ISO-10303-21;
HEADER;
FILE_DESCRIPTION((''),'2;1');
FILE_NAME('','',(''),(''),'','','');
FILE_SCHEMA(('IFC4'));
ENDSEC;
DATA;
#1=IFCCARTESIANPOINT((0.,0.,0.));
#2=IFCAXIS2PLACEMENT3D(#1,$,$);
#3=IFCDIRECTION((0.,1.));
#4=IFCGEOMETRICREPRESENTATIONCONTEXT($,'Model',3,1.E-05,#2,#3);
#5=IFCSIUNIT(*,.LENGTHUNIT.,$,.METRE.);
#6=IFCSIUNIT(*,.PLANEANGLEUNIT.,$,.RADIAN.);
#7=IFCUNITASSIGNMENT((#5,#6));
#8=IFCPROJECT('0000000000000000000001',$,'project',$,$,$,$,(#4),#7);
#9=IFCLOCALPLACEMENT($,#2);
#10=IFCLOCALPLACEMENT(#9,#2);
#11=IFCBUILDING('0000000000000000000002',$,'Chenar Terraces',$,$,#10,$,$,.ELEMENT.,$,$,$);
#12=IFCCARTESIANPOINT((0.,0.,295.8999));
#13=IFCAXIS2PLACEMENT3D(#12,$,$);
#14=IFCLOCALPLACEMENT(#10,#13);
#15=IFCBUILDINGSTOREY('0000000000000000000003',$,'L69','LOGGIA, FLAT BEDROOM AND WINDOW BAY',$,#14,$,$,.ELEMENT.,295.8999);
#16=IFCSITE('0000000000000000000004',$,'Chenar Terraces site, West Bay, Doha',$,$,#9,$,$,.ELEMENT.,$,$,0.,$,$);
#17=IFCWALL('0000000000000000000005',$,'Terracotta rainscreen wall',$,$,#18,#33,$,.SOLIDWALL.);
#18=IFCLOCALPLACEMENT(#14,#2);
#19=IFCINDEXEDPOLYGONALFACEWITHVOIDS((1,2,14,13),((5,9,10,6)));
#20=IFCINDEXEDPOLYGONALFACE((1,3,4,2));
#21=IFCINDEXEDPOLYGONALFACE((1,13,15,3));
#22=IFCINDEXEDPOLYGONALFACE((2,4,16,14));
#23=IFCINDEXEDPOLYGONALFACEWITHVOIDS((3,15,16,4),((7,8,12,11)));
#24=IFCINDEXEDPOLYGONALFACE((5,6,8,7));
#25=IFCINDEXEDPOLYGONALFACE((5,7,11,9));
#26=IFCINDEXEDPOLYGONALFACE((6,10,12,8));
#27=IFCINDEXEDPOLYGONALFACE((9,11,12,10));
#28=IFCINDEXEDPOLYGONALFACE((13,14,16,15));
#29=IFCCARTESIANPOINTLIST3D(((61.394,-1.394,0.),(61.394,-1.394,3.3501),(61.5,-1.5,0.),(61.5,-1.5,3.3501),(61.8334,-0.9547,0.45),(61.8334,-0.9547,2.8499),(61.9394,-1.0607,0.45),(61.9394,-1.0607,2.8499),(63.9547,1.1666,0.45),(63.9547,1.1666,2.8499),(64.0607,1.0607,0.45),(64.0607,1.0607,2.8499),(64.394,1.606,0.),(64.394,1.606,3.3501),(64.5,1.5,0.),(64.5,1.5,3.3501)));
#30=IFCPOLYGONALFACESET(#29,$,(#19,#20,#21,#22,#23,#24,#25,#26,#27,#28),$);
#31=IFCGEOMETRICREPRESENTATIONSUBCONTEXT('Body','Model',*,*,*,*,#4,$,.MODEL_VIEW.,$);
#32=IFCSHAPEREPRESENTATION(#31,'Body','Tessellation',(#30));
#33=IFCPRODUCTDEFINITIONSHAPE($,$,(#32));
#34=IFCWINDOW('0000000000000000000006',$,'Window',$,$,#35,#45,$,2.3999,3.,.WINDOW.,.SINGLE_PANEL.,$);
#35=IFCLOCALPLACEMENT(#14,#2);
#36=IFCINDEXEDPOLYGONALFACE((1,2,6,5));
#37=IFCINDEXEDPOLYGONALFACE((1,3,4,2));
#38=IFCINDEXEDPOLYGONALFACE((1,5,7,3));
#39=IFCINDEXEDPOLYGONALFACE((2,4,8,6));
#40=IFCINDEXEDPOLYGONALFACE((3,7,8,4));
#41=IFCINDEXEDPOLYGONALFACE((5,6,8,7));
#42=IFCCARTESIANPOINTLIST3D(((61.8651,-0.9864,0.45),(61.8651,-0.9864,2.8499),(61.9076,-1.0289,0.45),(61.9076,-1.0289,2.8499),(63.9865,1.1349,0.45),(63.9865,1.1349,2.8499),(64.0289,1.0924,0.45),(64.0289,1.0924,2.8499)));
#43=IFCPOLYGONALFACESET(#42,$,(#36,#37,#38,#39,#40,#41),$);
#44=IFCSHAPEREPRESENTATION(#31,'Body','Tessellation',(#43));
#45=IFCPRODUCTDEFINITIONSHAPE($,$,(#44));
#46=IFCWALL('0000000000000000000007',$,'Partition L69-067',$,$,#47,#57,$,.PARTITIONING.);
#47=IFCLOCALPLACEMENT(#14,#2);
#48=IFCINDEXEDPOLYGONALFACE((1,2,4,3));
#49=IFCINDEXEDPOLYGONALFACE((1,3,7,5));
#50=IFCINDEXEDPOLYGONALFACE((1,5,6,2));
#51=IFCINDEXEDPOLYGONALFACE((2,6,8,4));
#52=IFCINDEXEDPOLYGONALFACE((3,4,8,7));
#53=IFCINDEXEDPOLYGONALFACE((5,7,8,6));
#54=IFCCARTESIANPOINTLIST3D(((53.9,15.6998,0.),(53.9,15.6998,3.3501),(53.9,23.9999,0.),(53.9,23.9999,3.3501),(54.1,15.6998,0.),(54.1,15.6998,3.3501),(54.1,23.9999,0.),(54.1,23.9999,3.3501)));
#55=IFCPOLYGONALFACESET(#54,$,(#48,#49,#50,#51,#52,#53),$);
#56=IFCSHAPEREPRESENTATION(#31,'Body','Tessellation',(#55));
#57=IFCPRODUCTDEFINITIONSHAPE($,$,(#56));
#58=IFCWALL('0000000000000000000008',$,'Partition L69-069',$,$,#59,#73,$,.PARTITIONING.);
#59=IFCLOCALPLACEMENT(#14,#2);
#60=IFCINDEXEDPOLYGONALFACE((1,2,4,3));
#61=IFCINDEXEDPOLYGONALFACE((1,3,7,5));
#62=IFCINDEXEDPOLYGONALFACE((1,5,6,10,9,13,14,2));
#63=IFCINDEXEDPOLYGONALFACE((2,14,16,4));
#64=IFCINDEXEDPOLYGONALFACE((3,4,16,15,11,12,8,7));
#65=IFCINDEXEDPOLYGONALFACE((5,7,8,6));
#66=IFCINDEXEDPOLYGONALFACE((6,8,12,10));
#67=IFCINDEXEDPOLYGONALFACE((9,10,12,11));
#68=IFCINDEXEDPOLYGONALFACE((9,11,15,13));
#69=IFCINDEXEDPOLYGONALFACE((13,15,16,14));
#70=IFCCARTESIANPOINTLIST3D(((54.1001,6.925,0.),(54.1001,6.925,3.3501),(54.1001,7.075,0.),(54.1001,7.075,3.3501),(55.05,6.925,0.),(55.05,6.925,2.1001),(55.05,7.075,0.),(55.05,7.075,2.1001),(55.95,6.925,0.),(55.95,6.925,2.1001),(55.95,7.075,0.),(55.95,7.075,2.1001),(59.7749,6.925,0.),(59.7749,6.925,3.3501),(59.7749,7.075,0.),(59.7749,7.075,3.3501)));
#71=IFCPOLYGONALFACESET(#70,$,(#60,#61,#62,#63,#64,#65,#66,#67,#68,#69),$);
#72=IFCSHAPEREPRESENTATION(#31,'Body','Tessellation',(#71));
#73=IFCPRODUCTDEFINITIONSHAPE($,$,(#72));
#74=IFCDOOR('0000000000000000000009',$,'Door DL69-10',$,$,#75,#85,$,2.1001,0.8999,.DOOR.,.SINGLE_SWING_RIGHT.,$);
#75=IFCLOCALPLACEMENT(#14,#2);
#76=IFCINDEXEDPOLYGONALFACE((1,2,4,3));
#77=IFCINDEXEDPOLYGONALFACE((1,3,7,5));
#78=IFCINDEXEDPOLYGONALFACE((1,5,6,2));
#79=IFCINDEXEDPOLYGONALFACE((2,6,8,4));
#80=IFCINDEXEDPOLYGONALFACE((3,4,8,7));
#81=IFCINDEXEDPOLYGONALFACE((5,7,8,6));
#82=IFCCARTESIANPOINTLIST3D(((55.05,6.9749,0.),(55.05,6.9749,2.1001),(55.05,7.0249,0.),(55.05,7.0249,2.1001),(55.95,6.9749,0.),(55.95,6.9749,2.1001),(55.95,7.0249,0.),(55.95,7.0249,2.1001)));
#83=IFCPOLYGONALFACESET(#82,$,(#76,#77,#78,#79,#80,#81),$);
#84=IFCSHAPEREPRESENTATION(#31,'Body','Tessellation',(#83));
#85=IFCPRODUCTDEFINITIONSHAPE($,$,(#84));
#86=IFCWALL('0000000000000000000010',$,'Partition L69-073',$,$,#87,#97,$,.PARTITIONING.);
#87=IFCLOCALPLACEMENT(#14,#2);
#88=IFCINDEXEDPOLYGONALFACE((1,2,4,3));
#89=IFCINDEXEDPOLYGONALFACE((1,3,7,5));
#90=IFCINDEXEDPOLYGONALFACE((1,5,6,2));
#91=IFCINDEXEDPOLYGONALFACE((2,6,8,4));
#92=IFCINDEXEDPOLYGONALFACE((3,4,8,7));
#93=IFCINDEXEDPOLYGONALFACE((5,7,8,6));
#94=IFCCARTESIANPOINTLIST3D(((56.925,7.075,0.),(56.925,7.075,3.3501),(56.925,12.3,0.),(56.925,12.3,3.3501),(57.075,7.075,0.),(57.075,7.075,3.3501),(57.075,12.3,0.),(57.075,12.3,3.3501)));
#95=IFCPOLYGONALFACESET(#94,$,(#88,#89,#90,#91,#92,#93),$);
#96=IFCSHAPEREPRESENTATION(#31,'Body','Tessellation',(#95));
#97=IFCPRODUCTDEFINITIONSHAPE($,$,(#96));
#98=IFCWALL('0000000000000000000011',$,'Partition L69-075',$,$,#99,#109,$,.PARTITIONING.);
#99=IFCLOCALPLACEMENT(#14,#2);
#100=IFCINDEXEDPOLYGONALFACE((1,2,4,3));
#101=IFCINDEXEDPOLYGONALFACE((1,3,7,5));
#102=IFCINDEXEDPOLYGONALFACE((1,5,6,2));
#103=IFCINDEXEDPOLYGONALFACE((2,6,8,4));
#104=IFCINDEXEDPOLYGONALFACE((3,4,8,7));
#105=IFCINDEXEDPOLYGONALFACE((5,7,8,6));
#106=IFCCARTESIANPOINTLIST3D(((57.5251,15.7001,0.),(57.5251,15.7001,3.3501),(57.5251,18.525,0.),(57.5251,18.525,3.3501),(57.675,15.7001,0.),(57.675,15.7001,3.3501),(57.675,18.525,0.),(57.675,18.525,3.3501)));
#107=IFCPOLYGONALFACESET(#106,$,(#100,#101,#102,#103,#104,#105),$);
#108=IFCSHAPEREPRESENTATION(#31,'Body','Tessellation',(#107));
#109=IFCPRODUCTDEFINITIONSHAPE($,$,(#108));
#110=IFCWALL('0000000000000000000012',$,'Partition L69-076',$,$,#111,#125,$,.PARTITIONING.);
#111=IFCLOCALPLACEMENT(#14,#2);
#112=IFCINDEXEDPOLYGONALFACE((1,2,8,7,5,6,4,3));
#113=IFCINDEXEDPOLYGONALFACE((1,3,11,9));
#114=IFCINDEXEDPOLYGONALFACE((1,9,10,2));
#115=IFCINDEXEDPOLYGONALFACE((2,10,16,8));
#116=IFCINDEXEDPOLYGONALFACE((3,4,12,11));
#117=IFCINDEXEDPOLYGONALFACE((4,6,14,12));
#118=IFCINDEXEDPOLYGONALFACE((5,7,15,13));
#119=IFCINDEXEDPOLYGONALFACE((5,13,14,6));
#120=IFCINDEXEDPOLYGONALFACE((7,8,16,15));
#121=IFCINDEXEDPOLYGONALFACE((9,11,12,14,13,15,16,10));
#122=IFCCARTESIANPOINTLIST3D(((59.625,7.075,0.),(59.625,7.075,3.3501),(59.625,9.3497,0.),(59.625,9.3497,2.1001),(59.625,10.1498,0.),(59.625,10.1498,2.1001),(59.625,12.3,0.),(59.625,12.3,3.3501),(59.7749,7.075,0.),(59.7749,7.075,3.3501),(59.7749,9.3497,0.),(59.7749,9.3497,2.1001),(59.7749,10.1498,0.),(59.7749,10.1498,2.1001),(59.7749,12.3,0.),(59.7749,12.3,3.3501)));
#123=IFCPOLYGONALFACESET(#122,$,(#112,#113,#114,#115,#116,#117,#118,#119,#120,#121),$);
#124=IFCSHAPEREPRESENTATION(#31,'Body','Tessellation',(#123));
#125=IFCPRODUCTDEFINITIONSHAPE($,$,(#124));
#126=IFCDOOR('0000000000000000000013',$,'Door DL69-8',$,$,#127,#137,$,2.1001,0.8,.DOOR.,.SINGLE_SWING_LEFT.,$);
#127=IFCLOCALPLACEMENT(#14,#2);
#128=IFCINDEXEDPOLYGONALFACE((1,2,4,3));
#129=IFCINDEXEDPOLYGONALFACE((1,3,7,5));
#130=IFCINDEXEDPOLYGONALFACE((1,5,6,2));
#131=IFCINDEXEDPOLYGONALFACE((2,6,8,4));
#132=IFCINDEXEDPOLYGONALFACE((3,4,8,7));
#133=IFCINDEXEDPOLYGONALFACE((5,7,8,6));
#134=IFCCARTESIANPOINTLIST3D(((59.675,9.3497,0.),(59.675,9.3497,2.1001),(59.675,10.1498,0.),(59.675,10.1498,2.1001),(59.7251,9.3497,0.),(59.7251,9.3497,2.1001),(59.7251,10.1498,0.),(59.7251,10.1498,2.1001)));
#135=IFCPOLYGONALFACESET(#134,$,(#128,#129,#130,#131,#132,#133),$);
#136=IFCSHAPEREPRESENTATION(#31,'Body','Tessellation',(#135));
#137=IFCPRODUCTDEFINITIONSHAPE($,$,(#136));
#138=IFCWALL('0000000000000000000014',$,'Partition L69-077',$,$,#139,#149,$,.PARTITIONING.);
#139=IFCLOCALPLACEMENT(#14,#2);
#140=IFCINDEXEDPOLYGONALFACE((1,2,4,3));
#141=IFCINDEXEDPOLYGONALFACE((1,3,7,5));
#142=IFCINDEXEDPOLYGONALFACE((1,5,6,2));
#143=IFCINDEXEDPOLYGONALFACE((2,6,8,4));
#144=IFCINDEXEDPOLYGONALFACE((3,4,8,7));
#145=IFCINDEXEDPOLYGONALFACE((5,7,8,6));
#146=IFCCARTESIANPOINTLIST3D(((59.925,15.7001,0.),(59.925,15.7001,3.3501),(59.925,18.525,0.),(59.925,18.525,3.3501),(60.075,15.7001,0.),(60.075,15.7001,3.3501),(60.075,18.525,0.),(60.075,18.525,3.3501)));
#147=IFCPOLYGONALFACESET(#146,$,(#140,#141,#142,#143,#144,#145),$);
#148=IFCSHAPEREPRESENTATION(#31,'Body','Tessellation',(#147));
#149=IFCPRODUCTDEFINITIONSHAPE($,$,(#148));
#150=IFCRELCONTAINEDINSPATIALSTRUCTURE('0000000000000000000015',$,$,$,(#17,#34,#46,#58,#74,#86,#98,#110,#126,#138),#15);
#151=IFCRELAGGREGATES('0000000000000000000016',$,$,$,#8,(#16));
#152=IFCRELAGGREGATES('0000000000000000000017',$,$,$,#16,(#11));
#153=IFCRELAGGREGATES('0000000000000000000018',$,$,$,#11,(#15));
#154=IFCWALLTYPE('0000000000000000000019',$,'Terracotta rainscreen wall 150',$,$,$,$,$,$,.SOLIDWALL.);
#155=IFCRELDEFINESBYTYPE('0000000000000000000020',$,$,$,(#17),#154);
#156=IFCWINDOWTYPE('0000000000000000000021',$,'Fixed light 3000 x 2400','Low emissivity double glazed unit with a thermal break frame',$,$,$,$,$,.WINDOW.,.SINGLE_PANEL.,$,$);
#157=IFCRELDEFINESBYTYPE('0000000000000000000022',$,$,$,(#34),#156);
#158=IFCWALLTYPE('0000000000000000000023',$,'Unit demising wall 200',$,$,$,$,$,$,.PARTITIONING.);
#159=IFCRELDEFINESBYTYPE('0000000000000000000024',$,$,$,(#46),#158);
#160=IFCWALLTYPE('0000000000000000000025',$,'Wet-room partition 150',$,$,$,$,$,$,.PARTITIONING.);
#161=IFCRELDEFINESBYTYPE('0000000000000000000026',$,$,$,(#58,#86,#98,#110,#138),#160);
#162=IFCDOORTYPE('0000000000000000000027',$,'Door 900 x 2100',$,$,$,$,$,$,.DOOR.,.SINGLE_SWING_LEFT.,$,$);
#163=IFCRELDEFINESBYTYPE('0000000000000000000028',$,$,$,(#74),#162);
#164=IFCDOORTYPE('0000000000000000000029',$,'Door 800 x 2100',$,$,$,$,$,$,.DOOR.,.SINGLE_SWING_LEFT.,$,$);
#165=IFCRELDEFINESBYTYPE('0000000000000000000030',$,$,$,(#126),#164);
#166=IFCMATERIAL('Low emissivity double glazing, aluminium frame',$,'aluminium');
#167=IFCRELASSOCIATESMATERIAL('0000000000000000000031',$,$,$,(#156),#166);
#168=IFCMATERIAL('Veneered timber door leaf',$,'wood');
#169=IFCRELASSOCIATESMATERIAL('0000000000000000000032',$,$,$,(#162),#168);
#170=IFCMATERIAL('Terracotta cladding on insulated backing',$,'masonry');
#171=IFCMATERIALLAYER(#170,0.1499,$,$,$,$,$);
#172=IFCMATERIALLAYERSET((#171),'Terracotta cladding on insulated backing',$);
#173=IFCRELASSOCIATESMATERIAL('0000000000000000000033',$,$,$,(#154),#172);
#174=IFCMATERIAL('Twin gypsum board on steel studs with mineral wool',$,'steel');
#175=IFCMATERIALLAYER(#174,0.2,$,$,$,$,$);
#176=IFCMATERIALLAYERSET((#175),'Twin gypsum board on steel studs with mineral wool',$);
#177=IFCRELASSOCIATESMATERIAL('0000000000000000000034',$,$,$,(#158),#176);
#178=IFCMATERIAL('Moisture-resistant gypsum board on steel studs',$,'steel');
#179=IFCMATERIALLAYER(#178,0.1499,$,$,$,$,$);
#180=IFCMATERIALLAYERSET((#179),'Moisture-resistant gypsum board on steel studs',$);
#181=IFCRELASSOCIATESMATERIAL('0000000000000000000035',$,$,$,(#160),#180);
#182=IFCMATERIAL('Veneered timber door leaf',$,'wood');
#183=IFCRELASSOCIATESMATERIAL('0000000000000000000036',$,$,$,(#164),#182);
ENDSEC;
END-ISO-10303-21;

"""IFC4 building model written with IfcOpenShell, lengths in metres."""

from ifc_helpers import new_model, si_unit, direction, frame, frame_2d, origin, place, context, subcontext, project, spatial, rectangle, extrude, material, layer, layer_set, type_object, element, fill, save


model = new_model("IFC4")

# Units and contexts
model_context = context("Model", 3, precision=1e-05, world=origin(), true_north=direction((0.0, 1.0)))
body_context = subcontext(model_context, "Body", "Model", "MODEL_VIEW")
ifc_project = project(units=[si_unit("LENGTHUNIT", "METRE"), si_unit("PLANEANGLEUNIT", "RADIAN")], contexts=[model_context])

# Site, building, storey
site_placement = place(None, origin())
site = spatial("IfcSite", under=ifc_project, at=site_placement, Name="Chenar Terraces site, West Bay, Doha", CompositionType="ELEMENT", RefElevation=0.0)
building_placement = place(site_placement, origin())
building = spatial("IfcBuilding", under=site, at=building_placement, Name="Chenar Terraces", CompositionType="ELEMENT")
storey_placement = place(building_placement, frame((0.0, 0.0, 295.8999)))
storey = spatial("IfcBuildingStorey", under=building, at=storey_placement, Name="L69", Description="LOGGIA, FLAT BEDROOM AND WINDOW BAY", CompositionType="ELEMENT", Elevation=295.8999)

# Shared definitions
ifc_material_1 = material(Name="Low emissivity double glazing, aluminium frame", Category="aluminium")
window_type = type_object("IfcWindowType", Name="Fixed light 3000 x 2400", Description="Low emissivity double glazed unit with a thermal break frame", PartitioningType="SINGLE_PANEL", PredefinedType="WINDOW", material=ifc_material_1)

# Shared definitions
ifc_material_2 = material(Name="Veneered timber door leaf", Category="wood")
door_type_1 = type_object("IfcDoorType", Name="Door 900 x 2100", OperationType="SINGLE_SWING_LEFT", PredefinedType="DOOR", material=ifc_material_2)

# Wall, opening, window
ifc_material_3 = material(Name="Terracotta cladding on insulated backing", Category="masonry")
ifc_layer_1 = layer(ifc_material_3, 0.1499)
ifc_layer_set_1 = layer_set([ifc_layer_1], Name="Terracotta cladding on insulated backing")
wall_type_1 = type_object("IfcWallType", Name="Terracotta rainscreen wall 150", PredefinedType="SOLIDWALL", material=ifc_layer_set_1)
wall_1_placement = place(storey_placement, frame((61.447, -1.447, 0.0), z_axis=(0.0, 0.0, 1.0), x_axis=(0.707107, 0.707107, 0.0)))
wall_1 = element("IfcWall", 1, at=wall_1_placement, inside=storey, type_object=wall_type_1, Name="Terracotta rainscreen wall", PredefinedType="SOLIDWALL", context=body_context, shape_type="SweptSolid", body=[
    extrude(rectangle(XDim=4.2427, YDim=0.1499, at=frame_2d((2.1213, 0.0))), origin(), (0.0, 0.0, 1.0), 3.3501),
])
opening_1_placement = place(wall_1_placement, frame((0.6213, 0.0, 0.45)))
opening_1 = element("IfcOpeningElement", 2, at=opening_1_placement, cuts=wall_1, PredefinedType="OPENING", context=body_context, shape_type="SweptSolid", body=[
    extrude(rectangle(XDim=3.0, YDim=2.3999, at=frame_2d((1.5, 1.2))), frame((0.0, 0.085, 0.0), z_axis=(0.0, -1.0, 0.0), x_axis=(1.0, 0.0, 0.0)), (0.0, 0.0, 1.0), 0.1699),
])
window_1_placement = place(opening_1_placement, origin())
window_1 = element("IfcWindow", 3, at=window_1_placement, inside=storey, type_object=window_type, Name="Window", OverallHeight=2.3999, OverallWidth=3.0, PartitioningType="SINGLE_PANEL", PredefinedType="WINDOW", context=body_context, shape_type="SweptSolid", body=[
    extrude(rectangle(XDim=3.0, YDim=2.3999, at=frame_2d((1.5, 1.2))), frame((0.0, 0.03, 0.0), z_axis=(0.0, -1.0, 0.0), x_axis=(1.0, 0.0, 0.0)), (0.0, 0.0, 1.0), 0.0601),
])
fill(opening_1, window_1)

# Wall
ifc_material_4 = material(Name="Twin gypsum board on steel studs with mineral wool", Category="steel")
ifc_layer_2 = layer(ifc_material_4, 0.2)
ifc_layer_set_2 = layer_set([ifc_layer_2], Name="Twin gypsum board on steel studs with mineral wool")
wall_type_2 = type_object("IfcWallType", Name="Unit demising wall 200", PredefinedType="PARTITIONING", material=ifc_layer_set_2)
wall_2_placement = place(storey_placement, frame((54.0, 15.7, 0.0), z_axis=(0.0, 0.0, 1.0), x_axis=(0.0, 1.0, 0.0)))
element("IfcWall", 4, at=wall_2_placement, inside=storey, type_object=wall_type_2, Name="Partition L69-067", PredefinedType="PARTITIONING", context=body_context, shape_type="SweptSolid", body=[
    extrude(rectangle(XDim=8.3, YDim=0.2, at=frame_2d((4.1499, 0.0))), origin(), (0.0, 0.0, 1.0), 3.3501),
])

# Wall, opening, door
ifc_material_5 = material(Name="Moisture-resistant gypsum board on steel studs", Category="steel")
ifc_layer_3 = layer(ifc_material_5, 0.1499)
ifc_layer_set_3 = layer_set([ifc_layer_3], Name="Moisture-resistant gypsum board on steel studs")
wall_type_3 = type_object("IfcWallType", Name="Wet-room partition 150", PredefinedType="PARTITIONING", material=ifc_layer_set_3)
wall_3_placement = place(storey_placement, frame((54.1001, 7.0, 0.0), z_axis=(0.0, 0.0, 1.0), x_axis=(1.0, 0.0, 0.0)))
wall_3 = element("IfcWall", 5, at=wall_3_placement, inside=storey, type_object=wall_type_3, Name="Partition L69-069", PredefinedType="PARTITIONING", context=body_context, shape_type="SweptSolid", body=[
    extrude(rectangle(XDim=5.6748, YDim=0.1499, at=frame_2d((2.8374, 0.0))), origin(), (0.0, 0.0, 1.0), 3.3501),
])
opening_2_placement = place(wall_3_placement, frame((0.95, 0.0, 0.0)))
opening_2 = element("IfcOpeningElement", 6, at=opening_2_placement, cuts=wall_3, PredefinedType="OPENING", context=body_context, shape_type="SweptSolid", body=[
    extrude(rectangle(XDim=0.8999, YDim=2.1001, at=frame_2d((0.45, 1.05))), frame((0.0, 0.085, 0.0), z_axis=(0.0, -1.0, 0.0), x_axis=(1.0, 0.0, 0.0)), (0.0, 0.0, 1.0), 0.1699),
])
door_1_placement = place(opening_2_placement, origin())
door_1 = element("IfcDoor", 7, at=door_1_placement, inside=storey, type_object=door_type_1, Name="Door DL69-10", OperationType="SINGLE_SWING_RIGHT", OverallHeight=2.1001, OverallWidth=0.8999, PredefinedType="DOOR", context=body_context, shape_type="SweptSolid", body=[
    extrude(rectangle(XDim=0.8999, YDim=2.1001, at=frame_2d((0.45, 1.05))), frame((0.0, 0.0249, 0.0), z_axis=(0.0, -1.0, 0.0), x_axis=(1.0, 0.0, 0.0)), (0.0, 0.0, 1.0), 0.05),
])
fill(opening_2, door_1)

# Walls
wall_4_placement = place(storey_placement, frame((57.0, 7.075, 0.0), z_axis=(0.0, 0.0, 1.0), x_axis=(0.0, 1.0, 0.0)))
element("IfcWall", 8, at=wall_4_placement, inside=storey, type_object=wall_type_3, Name="Partition L69-073", PredefinedType="PARTITIONING", context=body_context, shape_type="SweptSolid", body=[
    extrude(rectangle(XDim=5.2251, YDim=0.1499, at=frame_2d((2.6125, 0.0))), origin(), (0.0, 0.0, 1.0), 3.3501),
])
wall_5_placement = place(storey_placement, frame((57.6001, 15.7, 0.0), z_axis=(0.0, 0.0, 1.0), x_axis=(0.0, 1.0, 0.0)))
element("IfcWall", 9, at=wall_5_placement, inside=storey, type_object=wall_type_3, Name="Partition L69-075", PredefinedType="PARTITIONING", context=body_context, shape_type="SweptSolid", body=[
    extrude(rectangle(XDim=2.825, YDim=0.1499, at=frame_2d((1.4126, 0.0))), origin(), (0.0, 0.0, 1.0), 3.3501),
])

# Wall, opening, door
wall_6_placement = place(storey_placement, frame((59.7, 7.075, 0.0), z_axis=(0.0, 0.0, 1.0), x_axis=(0.0, 1.0, 0.0)))
wall_6 = element("IfcWall", 10, at=wall_6_placement, inside=storey, type_object=wall_type_3, Name="Partition L69-076", PredefinedType="PARTITIONING", context=body_context, shape_type="SweptSolid", body=[
    extrude(rectangle(XDim=5.2251, YDim=0.1499, at=frame_2d((2.6125, 0.0))), origin(), (0.0, 0.0, 1.0), 3.3501),
])
opening_3_placement = place(wall_6_placement, frame((2.2749, 0.0, 0.0)))
opening_3 = element("IfcOpeningElement", 11, at=opening_3_placement, cuts=wall_6, PredefinedType="OPENING", context=body_context, shape_type="SweptSolid", body=[
    extrude(rectangle(XDim=0.8, YDim=2.1001, at=frame_2d((0.3999, 1.05))), frame((0.0, 0.085, 0.0), z_axis=(0.0, -1.0, 0.0), x_axis=(1.0, 0.0, 0.0)), (0.0, 0.0, 1.0), 0.1699),
])
ifc_material_6 = material(Name="Veneered timber door leaf", Category="wood")
door_type_2 = type_object("IfcDoorType", Name="Door 800 x 2100", OperationType="SINGLE_SWING_LEFT", PredefinedType="DOOR", material=ifc_material_6)
door_2_placement = place(opening_3_placement, origin())
door_2 = element("IfcDoor", 12, at=door_2_placement, inside=storey, type_object=door_type_2, Name="Door DL69-8", OperationType="SINGLE_SWING_LEFT", OverallHeight=2.1001, OverallWidth=0.8, PredefinedType="DOOR", context=body_context, shape_type="SweptSolid", body=[
    extrude(rectangle(XDim=0.8, YDim=2.1001, at=frame_2d((0.3999, 1.05))), frame((0.0, 0.0249, 0.0), z_axis=(0.0, -1.0, 0.0), x_axis=(1.0, 0.0, 0.0)), (0.0, 0.0, 1.0), 0.05),
])
fill(opening_3, door_2)

# Wall
wall_7_placement = place(storey_placement, frame((60.0, 15.7, 0.0), z_axis=(0.0, 0.0, 1.0), x_axis=(0.0, 1.0, 0.0)))
element("IfcWall", 13, at=wall_7_placement, inside=storey, type_object=wall_type_3, Name="Partition L69-077", PredefinedType="PARTITIONING", context=body_context, shape_type="SweptSolid", body=[
    extrude(rectangle(XDim=2.825, YDim=0.1499, at=frame_2d((1.4126, 0.0))), origin(), (0.0, 0.0, 1.0), 3.3501),
])

save(model, "model.ifc")
